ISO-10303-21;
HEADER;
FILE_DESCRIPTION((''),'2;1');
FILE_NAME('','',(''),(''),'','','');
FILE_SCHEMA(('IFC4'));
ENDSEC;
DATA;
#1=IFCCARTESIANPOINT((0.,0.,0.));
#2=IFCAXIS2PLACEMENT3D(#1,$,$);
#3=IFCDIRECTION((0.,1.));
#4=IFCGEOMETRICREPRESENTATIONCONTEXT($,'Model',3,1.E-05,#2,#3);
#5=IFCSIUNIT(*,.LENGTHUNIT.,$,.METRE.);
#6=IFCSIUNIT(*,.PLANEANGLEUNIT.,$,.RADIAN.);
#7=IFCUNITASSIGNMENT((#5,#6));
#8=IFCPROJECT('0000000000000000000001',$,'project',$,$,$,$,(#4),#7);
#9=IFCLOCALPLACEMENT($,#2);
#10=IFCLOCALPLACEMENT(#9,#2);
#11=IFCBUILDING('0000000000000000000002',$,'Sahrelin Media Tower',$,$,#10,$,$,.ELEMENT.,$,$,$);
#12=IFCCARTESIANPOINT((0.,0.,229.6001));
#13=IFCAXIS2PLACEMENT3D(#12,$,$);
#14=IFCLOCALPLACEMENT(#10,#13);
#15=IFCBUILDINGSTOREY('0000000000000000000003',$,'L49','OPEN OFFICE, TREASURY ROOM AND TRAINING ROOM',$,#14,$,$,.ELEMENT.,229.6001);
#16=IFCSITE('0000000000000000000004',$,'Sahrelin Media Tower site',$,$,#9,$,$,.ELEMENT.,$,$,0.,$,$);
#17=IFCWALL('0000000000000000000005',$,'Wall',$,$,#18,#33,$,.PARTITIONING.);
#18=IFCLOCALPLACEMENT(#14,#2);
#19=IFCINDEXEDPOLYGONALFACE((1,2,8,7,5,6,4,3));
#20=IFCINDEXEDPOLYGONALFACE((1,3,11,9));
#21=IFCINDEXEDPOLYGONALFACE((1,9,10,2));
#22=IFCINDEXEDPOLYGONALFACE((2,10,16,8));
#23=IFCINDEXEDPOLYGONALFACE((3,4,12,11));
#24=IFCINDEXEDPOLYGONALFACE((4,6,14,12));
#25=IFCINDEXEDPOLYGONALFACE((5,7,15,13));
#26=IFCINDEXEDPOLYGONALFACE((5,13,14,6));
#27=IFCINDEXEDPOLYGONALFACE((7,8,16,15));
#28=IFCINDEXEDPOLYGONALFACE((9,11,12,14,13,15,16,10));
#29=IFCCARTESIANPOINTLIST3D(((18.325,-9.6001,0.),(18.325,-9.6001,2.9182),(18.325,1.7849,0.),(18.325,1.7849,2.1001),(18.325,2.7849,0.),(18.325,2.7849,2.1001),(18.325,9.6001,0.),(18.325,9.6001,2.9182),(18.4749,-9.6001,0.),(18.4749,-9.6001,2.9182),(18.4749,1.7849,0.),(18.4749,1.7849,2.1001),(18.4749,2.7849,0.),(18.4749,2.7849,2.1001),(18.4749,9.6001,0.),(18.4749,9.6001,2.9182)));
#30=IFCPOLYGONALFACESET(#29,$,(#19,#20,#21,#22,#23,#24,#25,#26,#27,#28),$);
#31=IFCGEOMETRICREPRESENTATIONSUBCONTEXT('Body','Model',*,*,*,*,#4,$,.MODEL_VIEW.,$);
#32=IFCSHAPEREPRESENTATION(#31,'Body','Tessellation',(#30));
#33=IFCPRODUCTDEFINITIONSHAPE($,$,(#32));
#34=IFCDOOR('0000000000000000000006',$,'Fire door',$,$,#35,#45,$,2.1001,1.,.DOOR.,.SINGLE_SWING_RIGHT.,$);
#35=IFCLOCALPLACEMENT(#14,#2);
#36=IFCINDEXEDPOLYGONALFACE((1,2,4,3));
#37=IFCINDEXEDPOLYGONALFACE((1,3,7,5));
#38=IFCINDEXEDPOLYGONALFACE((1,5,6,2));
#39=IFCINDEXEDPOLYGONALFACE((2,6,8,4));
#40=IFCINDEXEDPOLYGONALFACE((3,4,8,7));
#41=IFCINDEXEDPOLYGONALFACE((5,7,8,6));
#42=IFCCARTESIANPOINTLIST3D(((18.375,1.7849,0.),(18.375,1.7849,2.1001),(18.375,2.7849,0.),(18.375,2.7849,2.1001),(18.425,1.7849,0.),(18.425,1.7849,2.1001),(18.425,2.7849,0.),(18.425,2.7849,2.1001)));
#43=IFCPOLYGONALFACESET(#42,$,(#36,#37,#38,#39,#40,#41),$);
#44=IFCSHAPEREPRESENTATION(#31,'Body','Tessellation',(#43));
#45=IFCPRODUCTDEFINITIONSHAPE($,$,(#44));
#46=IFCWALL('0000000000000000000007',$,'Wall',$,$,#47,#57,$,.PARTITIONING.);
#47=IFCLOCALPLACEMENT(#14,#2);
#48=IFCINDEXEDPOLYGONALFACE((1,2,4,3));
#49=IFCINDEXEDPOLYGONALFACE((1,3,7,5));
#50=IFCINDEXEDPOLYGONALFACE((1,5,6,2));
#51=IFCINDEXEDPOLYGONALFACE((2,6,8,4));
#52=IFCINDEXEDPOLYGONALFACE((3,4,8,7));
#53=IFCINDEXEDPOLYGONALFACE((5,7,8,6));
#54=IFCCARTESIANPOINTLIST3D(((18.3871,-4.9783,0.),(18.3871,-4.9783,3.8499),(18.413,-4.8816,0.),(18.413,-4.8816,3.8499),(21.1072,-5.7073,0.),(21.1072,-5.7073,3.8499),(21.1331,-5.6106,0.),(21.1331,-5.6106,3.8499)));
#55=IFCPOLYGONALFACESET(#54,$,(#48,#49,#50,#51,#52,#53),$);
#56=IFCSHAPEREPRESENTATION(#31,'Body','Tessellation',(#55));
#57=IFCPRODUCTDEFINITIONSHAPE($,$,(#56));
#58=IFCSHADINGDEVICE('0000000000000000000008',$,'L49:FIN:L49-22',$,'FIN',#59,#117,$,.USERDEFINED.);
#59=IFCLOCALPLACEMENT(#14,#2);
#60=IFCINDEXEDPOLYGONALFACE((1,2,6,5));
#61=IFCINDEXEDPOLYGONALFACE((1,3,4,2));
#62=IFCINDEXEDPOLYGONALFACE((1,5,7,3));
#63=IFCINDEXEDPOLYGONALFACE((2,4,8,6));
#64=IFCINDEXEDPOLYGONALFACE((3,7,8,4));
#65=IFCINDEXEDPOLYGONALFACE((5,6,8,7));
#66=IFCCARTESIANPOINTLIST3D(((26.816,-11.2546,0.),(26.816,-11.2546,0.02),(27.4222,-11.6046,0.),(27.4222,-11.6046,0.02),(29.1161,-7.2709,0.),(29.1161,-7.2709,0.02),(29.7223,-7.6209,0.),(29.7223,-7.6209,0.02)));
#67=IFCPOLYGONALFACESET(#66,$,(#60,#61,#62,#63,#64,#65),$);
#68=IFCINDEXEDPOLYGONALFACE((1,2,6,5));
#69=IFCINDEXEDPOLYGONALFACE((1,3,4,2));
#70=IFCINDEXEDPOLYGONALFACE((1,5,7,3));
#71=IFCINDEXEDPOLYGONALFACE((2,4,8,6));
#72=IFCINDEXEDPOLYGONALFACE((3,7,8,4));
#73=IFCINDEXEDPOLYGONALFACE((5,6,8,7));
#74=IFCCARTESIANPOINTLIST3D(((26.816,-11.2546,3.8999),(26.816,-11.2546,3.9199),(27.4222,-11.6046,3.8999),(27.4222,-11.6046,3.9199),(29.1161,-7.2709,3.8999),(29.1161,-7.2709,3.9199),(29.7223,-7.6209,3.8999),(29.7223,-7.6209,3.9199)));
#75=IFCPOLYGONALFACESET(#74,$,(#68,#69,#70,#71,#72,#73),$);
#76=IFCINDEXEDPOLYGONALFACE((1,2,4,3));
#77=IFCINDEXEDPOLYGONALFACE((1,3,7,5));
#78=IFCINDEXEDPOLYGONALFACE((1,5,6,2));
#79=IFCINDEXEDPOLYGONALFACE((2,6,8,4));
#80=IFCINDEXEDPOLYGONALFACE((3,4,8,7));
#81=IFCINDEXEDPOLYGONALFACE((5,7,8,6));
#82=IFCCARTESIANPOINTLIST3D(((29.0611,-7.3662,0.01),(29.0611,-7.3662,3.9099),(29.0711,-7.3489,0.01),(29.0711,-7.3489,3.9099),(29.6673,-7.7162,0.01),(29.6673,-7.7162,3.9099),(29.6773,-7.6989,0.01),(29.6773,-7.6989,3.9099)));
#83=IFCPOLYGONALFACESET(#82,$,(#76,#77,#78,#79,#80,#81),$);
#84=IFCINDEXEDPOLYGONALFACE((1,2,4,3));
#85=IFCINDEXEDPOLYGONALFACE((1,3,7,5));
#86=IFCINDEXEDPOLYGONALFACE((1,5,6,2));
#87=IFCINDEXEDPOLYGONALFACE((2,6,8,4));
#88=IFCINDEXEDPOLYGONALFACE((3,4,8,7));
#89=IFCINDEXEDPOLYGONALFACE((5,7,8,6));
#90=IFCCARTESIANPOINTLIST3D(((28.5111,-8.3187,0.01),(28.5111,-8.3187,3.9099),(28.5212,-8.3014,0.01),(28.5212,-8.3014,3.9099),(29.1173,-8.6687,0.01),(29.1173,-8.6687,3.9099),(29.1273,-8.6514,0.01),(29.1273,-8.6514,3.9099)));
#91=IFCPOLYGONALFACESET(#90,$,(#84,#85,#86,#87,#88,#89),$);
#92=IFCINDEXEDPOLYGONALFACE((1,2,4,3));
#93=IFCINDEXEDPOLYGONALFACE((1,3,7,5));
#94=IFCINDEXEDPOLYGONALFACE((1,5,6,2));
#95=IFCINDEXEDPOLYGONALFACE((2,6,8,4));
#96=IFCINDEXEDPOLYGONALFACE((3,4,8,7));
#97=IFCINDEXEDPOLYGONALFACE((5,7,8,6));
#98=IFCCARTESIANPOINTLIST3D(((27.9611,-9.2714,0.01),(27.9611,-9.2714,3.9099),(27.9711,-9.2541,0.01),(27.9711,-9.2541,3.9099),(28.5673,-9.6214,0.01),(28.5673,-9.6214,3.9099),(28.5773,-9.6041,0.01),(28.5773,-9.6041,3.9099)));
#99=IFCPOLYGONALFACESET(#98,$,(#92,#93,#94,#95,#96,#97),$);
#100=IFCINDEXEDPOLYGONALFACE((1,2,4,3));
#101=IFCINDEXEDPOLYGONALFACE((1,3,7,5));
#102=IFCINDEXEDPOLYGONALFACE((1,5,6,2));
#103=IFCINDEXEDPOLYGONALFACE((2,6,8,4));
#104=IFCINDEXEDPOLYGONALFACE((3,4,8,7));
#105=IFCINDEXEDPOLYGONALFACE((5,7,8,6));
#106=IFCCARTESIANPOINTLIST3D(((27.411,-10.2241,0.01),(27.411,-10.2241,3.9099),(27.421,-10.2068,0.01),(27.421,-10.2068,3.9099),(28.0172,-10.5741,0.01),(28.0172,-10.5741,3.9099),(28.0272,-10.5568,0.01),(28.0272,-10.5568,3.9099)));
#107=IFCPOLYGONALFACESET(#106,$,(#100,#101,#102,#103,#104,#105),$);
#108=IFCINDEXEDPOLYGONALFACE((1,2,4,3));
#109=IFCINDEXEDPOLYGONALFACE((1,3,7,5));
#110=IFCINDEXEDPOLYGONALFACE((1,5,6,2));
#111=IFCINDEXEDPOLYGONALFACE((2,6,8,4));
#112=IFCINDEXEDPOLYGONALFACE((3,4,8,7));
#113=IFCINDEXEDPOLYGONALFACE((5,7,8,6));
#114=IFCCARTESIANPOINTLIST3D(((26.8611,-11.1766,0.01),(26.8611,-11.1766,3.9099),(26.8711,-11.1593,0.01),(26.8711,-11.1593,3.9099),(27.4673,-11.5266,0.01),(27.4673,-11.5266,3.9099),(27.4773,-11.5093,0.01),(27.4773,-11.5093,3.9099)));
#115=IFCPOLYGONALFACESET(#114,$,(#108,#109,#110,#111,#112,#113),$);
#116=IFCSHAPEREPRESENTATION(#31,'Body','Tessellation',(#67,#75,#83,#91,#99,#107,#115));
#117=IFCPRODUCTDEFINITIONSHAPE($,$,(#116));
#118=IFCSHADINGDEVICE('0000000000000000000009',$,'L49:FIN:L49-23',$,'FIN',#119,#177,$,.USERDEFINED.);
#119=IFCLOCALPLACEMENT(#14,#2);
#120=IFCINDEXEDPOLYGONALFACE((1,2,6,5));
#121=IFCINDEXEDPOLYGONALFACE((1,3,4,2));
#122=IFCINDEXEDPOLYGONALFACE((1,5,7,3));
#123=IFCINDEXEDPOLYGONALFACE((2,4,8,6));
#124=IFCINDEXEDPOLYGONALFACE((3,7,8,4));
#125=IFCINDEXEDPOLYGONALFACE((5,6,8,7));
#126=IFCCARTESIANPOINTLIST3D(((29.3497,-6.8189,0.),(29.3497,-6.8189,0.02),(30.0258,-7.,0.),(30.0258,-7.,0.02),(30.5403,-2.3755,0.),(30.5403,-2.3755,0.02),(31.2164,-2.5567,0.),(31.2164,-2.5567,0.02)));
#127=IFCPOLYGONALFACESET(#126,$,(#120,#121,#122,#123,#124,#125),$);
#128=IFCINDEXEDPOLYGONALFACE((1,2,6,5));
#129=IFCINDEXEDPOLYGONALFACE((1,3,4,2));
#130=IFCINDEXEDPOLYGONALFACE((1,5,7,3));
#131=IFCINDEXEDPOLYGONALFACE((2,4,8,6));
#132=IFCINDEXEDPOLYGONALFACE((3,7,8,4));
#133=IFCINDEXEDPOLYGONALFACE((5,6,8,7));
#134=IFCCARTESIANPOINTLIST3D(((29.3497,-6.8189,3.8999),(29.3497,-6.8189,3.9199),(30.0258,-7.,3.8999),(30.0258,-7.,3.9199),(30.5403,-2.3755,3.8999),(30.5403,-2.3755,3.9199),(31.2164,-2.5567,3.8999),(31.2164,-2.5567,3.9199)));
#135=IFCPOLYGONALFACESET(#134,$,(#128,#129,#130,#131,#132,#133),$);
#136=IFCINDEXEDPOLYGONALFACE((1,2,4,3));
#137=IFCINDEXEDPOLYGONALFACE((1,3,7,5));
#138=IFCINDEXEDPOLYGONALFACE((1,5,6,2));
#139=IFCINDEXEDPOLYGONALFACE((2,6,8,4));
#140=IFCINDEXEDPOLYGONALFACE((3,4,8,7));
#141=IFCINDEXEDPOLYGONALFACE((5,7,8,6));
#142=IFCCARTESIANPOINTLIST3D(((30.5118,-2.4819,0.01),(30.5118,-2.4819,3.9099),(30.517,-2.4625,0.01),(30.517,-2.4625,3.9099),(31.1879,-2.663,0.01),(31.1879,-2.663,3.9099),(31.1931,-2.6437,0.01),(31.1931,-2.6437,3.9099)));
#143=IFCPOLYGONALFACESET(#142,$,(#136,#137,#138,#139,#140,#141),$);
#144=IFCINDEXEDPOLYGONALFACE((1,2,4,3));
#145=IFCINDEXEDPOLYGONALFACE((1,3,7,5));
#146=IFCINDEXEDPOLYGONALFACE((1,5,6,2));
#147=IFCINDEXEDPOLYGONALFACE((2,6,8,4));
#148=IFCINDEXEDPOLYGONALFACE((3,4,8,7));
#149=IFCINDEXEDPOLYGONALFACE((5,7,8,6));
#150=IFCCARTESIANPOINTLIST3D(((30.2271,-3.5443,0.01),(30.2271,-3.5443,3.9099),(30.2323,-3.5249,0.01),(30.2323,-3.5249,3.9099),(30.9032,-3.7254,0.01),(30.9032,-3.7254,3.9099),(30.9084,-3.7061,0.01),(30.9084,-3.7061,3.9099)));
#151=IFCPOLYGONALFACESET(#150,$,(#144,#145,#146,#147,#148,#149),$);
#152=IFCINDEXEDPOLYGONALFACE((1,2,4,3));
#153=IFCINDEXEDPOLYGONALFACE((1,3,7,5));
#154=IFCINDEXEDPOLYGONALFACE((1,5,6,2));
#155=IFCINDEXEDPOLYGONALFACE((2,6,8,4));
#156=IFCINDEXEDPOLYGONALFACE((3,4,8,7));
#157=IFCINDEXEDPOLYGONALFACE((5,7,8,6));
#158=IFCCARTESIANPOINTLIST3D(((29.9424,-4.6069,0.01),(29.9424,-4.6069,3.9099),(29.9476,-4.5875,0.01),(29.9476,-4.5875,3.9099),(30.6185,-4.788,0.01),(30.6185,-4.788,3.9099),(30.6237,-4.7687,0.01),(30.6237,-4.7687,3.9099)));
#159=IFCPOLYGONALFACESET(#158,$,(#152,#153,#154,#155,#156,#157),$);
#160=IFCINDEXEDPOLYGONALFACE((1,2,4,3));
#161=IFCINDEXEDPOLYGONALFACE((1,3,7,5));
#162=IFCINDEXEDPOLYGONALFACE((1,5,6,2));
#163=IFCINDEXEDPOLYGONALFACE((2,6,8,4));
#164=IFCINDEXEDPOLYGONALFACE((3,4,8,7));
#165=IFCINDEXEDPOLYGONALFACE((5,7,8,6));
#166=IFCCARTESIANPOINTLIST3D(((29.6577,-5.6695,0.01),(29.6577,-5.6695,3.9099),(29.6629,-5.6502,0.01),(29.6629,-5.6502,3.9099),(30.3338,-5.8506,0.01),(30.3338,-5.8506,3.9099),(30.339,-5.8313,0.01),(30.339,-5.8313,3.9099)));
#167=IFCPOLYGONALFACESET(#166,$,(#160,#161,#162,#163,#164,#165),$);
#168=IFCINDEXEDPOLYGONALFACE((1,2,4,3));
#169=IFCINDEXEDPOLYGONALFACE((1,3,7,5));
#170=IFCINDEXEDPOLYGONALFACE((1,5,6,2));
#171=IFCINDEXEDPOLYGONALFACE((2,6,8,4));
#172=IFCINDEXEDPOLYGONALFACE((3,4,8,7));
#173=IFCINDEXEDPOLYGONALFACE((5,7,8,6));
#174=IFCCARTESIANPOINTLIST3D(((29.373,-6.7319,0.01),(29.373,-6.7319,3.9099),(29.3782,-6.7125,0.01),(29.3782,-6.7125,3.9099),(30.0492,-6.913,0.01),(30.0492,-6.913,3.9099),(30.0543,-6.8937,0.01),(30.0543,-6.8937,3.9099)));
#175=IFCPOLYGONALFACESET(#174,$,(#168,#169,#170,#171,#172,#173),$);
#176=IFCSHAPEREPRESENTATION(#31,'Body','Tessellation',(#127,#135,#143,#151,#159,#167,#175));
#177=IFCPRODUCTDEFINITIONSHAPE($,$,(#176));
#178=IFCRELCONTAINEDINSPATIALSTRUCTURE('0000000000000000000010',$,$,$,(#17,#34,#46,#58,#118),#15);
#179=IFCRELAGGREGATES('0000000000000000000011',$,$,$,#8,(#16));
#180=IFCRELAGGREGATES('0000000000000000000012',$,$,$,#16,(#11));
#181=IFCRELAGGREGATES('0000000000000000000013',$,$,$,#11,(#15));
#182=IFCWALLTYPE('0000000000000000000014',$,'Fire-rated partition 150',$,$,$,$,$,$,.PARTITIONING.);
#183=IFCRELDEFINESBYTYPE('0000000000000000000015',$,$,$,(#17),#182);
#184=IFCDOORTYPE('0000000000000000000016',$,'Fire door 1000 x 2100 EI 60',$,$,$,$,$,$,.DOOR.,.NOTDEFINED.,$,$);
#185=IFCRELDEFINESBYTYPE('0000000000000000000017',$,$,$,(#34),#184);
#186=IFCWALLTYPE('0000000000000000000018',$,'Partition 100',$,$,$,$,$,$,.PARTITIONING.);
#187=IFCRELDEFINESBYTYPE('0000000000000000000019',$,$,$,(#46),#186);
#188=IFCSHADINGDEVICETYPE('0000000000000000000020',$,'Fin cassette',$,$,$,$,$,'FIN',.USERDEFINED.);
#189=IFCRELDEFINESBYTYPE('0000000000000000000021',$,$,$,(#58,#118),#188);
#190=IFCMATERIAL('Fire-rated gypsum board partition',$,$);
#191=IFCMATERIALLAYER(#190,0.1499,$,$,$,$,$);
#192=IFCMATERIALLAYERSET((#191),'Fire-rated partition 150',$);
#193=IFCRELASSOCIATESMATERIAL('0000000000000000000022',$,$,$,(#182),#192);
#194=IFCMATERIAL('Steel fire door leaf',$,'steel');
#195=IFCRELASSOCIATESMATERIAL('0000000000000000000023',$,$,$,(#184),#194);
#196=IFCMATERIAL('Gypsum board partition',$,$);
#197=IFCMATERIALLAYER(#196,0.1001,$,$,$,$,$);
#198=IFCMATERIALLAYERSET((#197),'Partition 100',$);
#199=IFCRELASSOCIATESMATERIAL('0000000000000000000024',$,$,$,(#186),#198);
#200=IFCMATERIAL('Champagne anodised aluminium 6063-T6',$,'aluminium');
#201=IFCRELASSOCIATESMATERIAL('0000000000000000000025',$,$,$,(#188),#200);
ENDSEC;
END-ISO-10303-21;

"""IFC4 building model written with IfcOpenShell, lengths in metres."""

from ifc_helpers import new_model, si_unit, direction, frame, frame_2d, origin, origin_2d, place, context, subcontext, project, spatial, rectangle, extrude, material, layer, layer_set, type_object, element, fill, save


model = new_model("IFC4")

# Units and contexts
model_context = context("Model", 3, precision=1e-05, world=origin(), true_north=direction((0.0, 1.0)))
body_context = subcontext(model_context, "Body", "Model", "MODEL_VIEW")
ifc_project = project(units=[si_unit("LENGTHUNIT", "METRE"), si_unit("PLANEANGLEUNIT", "RADIAN")], contexts=[model_context])

# Site, building, storey
site_placement = place(None, origin())
site = spatial("IfcSite", under=ifc_project, at=site_placement, Name="Sahrelin Media Tower site", CompositionType="ELEMENT", RefElevation=0.0)
building_placement = place(site_placement, origin())
building = spatial("IfcBuilding", under=site, at=building_placement, Name="Sahrelin Media Tower", CompositionType="ELEMENT")
storey_placement = place(building_placement, frame((0.0, 0.0, 229.6001)))
storey = spatial("IfcBuildingStorey", under=building, at=storey_placement, Name="L49", Description="OPEN OFFICE, TREASURY ROOM AND TRAINING ROOM", CompositionType="ELEMENT", Elevation=229.6001)

# Shared definitions
ifc_material_1 = material(Name="Champagne anodised aluminium 6063-T6", Category="aluminium")

# Shared definitions
ifc_material_2 = material(Name="Fire-rated gypsum board partition")
ifc_layer_1 = layer(ifc_material_2, 0.1499)
ifc_layer_set_1 = layer_set([ifc_layer_1], Name="Fire-rated partition 150")
wall_type_1 = type_object("IfcWallType", Name="Fire-rated partition 150", PredefinedType="PARTITIONING", material=ifc_layer_set_1)

# Wall, opening, door
wall_1_placement = place(storey_placement, frame((18.3999, -9.6001, 0.0), z_axis=(0.0, 0.0, 1.0), x_axis=(0.0, 1.0, 0.0)))
wall_1 = element("IfcWall", 1, at=wall_1_placement, inside=storey, type_object=wall_type_1, Name="Wall", PredefinedType="PARTITIONING", context=body_context, shape_type="SweptSolid", body=[
    extrude(rectangle(XDim=19.2002, YDim=0.1499, at=frame_2d((9.6001, 0.0))), origin(), (0.0, 0.0, 1.0), 2.9182),
])
opening_placement = place(wall_1_placement, frame((11.385, 0.0, 0.0)))
opening = element("IfcOpeningElement", 2, at=opening_placement, cuts=wall_1, PredefinedType="OPENING", context=body_context, shape_type="SweptSolid", body=[
    extrude(rectangle(XDim=1.0, YDim=2.1001, at=frame_2d((0.5, 1.05))), frame((0.0, 0.075, 0.0), z_axis=(0.0, -1.0, 0.0), x_axis=(1.0, 0.0, 0.0)), (0.0, 0.0, 1.0), 0.1499),
])
ifc_material_3 = material(Name="Steel fire door leaf", Category="steel")
door_type = type_object("IfcDoorType", Name="Fire door 1000 x 2100 EI 60", OperationType="NOTDEFINED", PredefinedType="DOOR", material=ifc_material_3)
door_placement = place(opening_placement, origin())
door = element("IfcDoor", 3, at=door_placement, inside=storey, type_object=door_type, Name="Fire door", OperationType="SINGLE_SWING_RIGHT", OverallHeight=2.1001, OverallWidth=1.0, PredefinedType="DOOR", context=body_context, shape_type="SweptSolid", body=[
    extrude(rectangle(XDim=1.0, YDim=2.1001, at=frame_2d((0.5, 1.05))), frame((0.0, 0.0249, 0.0), z_axis=(0.0, -1.0, 0.0), x_axis=(1.0, 0.0, 0.0)), (0.0, 0.0, 1.0), 0.05),
])
fill(opening, door)

# Wall
ifc_material_4 = material(Name="Gypsum board partition")
ifc_layer_2 = layer(ifc_material_4, 0.1001)
ifc_layer_set_2 = layer_set([ifc_layer_2], Name="Partition 100")
wall_type_2 = type_object("IfcWallType", Name="Partition 100", PredefinedType="PARTITIONING", material=ifc_layer_set_2)
wall_2_placement = place(storey_placement, frame((18.3999, -4.9299, 0.0), z_axis=(0.0, 0.0, 1.0), x_axis=(0.965915, -0.25886, 0.0)))
element("IfcWall", 4, at=wall_2_placement, inside=storey, type_object=wall_type_2, Name="Wall", PredefinedType="PARTITIONING", context=body_context, shape_type="SweptSolid", body=[
    extrude(rectangle(XDim=2.8162, YDim=0.1001, at=frame_2d((1.4082, 0.0))), origin(), (0.0, 0.0, 1.0), 3.8499),
])

# Shading devices
shading_device_type_1 = type_object("IfcShadingDeviceType", Name="Fin cassette", ElementType="FIN", PredefinedType="USERDEFINED", material=ifc_material_1)
placement_1 = place(storey_placement, frame((27.9055, -9.2278, 0.0), z_axis=(0.0, 0.0, 1.0), x_axis=(-0.500011, -0.866019, 0.0)))
element("IfcShadingDevice", 5, at=placement_1, inside=storey, type_object=shading_device_type_1, Name="L49:FIN:L49-22", ObjectType="FIN", PredefinedType="USERDEFINED", context=body_context, shape_type="SweptSolid", body=[
    extrude(rectangle(XDim=4.6001, YDim=0.7, at=origin_2d()), frame((0.0, 0.4199, 0.0)), (0.0, 0.0, 1.0), 0.02),
    extrude(rectangle(XDim=4.6001, YDim=0.7, at=origin_2d()), frame((0.0, 0.4199, 3.8999)), (0.0, 0.0, 1.0), 0.02),
    extrude(rectangle(XDim=0.02, YDim=0.7, at=origin_2d()), frame((-2.2, 0.4199, 0.01), z_axis=(0.0, 0.0, 1.0), x_axis=(1.0, 0.0, 0.0)), (0.0, 0.0, 1.0), 3.8999),
    extrude(rectangle(XDim=0.02, YDim=0.7, at=origin_2d()), frame((-1.1001, 0.4199, 0.01), z_axis=(0.0, 0.0, 1.0), x_axis=(1.0, 0.0, 0.0)), (0.0, 0.0, 1.0), 3.8999),
    extrude(rectangle(XDim=0.02, YDim=0.7, at=origin_2d()), frame((0.0, 0.4199, 0.01), z_axis=(0.0, 0.0, 1.0), x_axis=(1.0, 0.0, 0.0)), (0.0, 0.0, 1.0), 3.8999),
    extrude(rectangle(XDim=0.02, YDim=0.7, at=origin_2d()), frame((1.1001, 0.4199, 0.01), z_axis=(0.0, 0.0, 1.0), x_axis=(1.0, 0.0, 0.0)), (0.0, 0.0, 1.0), 3.8999),
    extrude(rectangle(XDim=0.02, YDim=0.7, at=origin_2d()), frame((2.2, 0.4199, 0.01), z_axis=(0.0, 0.0, 1.0), x_axis=(1.0, 0.0, 0.0)), (0.0, 0.0, 1.0), 3.8999),
])
placement_2 = place(storey_placement, frame((29.8774, -4.5791, 0.0), z_axis=(0.0, 0.0, 1.0), x_axis=(-0.258808, -0.965929, 0.0)))
element("IfcShadingDevice", 6, at=placement_2, inside=storey, type_object=shading_device_type_1, Name="L49:FIN:L49-23", ObjectType="FIN", PredefinedType="USERDEFINED", context=body_context, shape_type="SweptSolid", body=[
    extrude(rectangle(XDim=4.6001, YDim=0.7, at=origin_2d()), frame((0.0, 0.4199, 0.0)), (0.0, 0.0, 1.0), 0.02),
    extrude(rectangle(XDim=4.6001, YDim=0.7, at=origin_2d()), frame((0.0, 0.4199, 3.8999)), (0.0, 0.0, 1.0), 0.02),
    extrude(rectangle(XDim=0.02, YDim=0.7, at=origin_2d()), frame((-2.2, 0.4199, 0.01), z_axis=(0.0, 0.0, 1.0), x_axis=(1.0, 0.0, 0.0)), (0.0, 0.0, 1.0), 3.8999),
    extrude(rectangle(XDim=0.02, YDim=0.7, at=origin_2d()), frame((-1.1001, 0.4199, 0.01), z_axis=(0.0, 0.0, 1.0), x_axis=(1.0, 0.0, 0.0)), (0.0, 0.0, 1.0), 3.8999),
    extrude(rectangle(XDim=0.02, YDim=0.7, at=origin_2d()), frame((0.0, 0.4199, 0.01), z_axis=(0.0, 0.0, 1.0), x_axis=(1.0, 0.0, 0.0)), (0.0, 0.0, 1.0), 3.8999),
    extrude(rectangle(XDim=0.02, YDim=0.7, at=origin_2d()), frame((1.1001, 0.4199, 0.01), z_axis=(0.0, 0.0, 1.0), x_axis=(1.0, 0.0, 0.0)), (0.0, 0.0, 1.0), 3.8999),
    extrude(rectangle(XDim=0.02, YDim=0.7, at=origin_2d()), frame((2.2, 0.4199, 0.01), z_axis=(0.0, 0.0, 1.0), x_axis=(1.0, 0.0, 0.0)), (0.0, 0.0, 1.0), 3.8999),
])

save(model, "model.ifc")
